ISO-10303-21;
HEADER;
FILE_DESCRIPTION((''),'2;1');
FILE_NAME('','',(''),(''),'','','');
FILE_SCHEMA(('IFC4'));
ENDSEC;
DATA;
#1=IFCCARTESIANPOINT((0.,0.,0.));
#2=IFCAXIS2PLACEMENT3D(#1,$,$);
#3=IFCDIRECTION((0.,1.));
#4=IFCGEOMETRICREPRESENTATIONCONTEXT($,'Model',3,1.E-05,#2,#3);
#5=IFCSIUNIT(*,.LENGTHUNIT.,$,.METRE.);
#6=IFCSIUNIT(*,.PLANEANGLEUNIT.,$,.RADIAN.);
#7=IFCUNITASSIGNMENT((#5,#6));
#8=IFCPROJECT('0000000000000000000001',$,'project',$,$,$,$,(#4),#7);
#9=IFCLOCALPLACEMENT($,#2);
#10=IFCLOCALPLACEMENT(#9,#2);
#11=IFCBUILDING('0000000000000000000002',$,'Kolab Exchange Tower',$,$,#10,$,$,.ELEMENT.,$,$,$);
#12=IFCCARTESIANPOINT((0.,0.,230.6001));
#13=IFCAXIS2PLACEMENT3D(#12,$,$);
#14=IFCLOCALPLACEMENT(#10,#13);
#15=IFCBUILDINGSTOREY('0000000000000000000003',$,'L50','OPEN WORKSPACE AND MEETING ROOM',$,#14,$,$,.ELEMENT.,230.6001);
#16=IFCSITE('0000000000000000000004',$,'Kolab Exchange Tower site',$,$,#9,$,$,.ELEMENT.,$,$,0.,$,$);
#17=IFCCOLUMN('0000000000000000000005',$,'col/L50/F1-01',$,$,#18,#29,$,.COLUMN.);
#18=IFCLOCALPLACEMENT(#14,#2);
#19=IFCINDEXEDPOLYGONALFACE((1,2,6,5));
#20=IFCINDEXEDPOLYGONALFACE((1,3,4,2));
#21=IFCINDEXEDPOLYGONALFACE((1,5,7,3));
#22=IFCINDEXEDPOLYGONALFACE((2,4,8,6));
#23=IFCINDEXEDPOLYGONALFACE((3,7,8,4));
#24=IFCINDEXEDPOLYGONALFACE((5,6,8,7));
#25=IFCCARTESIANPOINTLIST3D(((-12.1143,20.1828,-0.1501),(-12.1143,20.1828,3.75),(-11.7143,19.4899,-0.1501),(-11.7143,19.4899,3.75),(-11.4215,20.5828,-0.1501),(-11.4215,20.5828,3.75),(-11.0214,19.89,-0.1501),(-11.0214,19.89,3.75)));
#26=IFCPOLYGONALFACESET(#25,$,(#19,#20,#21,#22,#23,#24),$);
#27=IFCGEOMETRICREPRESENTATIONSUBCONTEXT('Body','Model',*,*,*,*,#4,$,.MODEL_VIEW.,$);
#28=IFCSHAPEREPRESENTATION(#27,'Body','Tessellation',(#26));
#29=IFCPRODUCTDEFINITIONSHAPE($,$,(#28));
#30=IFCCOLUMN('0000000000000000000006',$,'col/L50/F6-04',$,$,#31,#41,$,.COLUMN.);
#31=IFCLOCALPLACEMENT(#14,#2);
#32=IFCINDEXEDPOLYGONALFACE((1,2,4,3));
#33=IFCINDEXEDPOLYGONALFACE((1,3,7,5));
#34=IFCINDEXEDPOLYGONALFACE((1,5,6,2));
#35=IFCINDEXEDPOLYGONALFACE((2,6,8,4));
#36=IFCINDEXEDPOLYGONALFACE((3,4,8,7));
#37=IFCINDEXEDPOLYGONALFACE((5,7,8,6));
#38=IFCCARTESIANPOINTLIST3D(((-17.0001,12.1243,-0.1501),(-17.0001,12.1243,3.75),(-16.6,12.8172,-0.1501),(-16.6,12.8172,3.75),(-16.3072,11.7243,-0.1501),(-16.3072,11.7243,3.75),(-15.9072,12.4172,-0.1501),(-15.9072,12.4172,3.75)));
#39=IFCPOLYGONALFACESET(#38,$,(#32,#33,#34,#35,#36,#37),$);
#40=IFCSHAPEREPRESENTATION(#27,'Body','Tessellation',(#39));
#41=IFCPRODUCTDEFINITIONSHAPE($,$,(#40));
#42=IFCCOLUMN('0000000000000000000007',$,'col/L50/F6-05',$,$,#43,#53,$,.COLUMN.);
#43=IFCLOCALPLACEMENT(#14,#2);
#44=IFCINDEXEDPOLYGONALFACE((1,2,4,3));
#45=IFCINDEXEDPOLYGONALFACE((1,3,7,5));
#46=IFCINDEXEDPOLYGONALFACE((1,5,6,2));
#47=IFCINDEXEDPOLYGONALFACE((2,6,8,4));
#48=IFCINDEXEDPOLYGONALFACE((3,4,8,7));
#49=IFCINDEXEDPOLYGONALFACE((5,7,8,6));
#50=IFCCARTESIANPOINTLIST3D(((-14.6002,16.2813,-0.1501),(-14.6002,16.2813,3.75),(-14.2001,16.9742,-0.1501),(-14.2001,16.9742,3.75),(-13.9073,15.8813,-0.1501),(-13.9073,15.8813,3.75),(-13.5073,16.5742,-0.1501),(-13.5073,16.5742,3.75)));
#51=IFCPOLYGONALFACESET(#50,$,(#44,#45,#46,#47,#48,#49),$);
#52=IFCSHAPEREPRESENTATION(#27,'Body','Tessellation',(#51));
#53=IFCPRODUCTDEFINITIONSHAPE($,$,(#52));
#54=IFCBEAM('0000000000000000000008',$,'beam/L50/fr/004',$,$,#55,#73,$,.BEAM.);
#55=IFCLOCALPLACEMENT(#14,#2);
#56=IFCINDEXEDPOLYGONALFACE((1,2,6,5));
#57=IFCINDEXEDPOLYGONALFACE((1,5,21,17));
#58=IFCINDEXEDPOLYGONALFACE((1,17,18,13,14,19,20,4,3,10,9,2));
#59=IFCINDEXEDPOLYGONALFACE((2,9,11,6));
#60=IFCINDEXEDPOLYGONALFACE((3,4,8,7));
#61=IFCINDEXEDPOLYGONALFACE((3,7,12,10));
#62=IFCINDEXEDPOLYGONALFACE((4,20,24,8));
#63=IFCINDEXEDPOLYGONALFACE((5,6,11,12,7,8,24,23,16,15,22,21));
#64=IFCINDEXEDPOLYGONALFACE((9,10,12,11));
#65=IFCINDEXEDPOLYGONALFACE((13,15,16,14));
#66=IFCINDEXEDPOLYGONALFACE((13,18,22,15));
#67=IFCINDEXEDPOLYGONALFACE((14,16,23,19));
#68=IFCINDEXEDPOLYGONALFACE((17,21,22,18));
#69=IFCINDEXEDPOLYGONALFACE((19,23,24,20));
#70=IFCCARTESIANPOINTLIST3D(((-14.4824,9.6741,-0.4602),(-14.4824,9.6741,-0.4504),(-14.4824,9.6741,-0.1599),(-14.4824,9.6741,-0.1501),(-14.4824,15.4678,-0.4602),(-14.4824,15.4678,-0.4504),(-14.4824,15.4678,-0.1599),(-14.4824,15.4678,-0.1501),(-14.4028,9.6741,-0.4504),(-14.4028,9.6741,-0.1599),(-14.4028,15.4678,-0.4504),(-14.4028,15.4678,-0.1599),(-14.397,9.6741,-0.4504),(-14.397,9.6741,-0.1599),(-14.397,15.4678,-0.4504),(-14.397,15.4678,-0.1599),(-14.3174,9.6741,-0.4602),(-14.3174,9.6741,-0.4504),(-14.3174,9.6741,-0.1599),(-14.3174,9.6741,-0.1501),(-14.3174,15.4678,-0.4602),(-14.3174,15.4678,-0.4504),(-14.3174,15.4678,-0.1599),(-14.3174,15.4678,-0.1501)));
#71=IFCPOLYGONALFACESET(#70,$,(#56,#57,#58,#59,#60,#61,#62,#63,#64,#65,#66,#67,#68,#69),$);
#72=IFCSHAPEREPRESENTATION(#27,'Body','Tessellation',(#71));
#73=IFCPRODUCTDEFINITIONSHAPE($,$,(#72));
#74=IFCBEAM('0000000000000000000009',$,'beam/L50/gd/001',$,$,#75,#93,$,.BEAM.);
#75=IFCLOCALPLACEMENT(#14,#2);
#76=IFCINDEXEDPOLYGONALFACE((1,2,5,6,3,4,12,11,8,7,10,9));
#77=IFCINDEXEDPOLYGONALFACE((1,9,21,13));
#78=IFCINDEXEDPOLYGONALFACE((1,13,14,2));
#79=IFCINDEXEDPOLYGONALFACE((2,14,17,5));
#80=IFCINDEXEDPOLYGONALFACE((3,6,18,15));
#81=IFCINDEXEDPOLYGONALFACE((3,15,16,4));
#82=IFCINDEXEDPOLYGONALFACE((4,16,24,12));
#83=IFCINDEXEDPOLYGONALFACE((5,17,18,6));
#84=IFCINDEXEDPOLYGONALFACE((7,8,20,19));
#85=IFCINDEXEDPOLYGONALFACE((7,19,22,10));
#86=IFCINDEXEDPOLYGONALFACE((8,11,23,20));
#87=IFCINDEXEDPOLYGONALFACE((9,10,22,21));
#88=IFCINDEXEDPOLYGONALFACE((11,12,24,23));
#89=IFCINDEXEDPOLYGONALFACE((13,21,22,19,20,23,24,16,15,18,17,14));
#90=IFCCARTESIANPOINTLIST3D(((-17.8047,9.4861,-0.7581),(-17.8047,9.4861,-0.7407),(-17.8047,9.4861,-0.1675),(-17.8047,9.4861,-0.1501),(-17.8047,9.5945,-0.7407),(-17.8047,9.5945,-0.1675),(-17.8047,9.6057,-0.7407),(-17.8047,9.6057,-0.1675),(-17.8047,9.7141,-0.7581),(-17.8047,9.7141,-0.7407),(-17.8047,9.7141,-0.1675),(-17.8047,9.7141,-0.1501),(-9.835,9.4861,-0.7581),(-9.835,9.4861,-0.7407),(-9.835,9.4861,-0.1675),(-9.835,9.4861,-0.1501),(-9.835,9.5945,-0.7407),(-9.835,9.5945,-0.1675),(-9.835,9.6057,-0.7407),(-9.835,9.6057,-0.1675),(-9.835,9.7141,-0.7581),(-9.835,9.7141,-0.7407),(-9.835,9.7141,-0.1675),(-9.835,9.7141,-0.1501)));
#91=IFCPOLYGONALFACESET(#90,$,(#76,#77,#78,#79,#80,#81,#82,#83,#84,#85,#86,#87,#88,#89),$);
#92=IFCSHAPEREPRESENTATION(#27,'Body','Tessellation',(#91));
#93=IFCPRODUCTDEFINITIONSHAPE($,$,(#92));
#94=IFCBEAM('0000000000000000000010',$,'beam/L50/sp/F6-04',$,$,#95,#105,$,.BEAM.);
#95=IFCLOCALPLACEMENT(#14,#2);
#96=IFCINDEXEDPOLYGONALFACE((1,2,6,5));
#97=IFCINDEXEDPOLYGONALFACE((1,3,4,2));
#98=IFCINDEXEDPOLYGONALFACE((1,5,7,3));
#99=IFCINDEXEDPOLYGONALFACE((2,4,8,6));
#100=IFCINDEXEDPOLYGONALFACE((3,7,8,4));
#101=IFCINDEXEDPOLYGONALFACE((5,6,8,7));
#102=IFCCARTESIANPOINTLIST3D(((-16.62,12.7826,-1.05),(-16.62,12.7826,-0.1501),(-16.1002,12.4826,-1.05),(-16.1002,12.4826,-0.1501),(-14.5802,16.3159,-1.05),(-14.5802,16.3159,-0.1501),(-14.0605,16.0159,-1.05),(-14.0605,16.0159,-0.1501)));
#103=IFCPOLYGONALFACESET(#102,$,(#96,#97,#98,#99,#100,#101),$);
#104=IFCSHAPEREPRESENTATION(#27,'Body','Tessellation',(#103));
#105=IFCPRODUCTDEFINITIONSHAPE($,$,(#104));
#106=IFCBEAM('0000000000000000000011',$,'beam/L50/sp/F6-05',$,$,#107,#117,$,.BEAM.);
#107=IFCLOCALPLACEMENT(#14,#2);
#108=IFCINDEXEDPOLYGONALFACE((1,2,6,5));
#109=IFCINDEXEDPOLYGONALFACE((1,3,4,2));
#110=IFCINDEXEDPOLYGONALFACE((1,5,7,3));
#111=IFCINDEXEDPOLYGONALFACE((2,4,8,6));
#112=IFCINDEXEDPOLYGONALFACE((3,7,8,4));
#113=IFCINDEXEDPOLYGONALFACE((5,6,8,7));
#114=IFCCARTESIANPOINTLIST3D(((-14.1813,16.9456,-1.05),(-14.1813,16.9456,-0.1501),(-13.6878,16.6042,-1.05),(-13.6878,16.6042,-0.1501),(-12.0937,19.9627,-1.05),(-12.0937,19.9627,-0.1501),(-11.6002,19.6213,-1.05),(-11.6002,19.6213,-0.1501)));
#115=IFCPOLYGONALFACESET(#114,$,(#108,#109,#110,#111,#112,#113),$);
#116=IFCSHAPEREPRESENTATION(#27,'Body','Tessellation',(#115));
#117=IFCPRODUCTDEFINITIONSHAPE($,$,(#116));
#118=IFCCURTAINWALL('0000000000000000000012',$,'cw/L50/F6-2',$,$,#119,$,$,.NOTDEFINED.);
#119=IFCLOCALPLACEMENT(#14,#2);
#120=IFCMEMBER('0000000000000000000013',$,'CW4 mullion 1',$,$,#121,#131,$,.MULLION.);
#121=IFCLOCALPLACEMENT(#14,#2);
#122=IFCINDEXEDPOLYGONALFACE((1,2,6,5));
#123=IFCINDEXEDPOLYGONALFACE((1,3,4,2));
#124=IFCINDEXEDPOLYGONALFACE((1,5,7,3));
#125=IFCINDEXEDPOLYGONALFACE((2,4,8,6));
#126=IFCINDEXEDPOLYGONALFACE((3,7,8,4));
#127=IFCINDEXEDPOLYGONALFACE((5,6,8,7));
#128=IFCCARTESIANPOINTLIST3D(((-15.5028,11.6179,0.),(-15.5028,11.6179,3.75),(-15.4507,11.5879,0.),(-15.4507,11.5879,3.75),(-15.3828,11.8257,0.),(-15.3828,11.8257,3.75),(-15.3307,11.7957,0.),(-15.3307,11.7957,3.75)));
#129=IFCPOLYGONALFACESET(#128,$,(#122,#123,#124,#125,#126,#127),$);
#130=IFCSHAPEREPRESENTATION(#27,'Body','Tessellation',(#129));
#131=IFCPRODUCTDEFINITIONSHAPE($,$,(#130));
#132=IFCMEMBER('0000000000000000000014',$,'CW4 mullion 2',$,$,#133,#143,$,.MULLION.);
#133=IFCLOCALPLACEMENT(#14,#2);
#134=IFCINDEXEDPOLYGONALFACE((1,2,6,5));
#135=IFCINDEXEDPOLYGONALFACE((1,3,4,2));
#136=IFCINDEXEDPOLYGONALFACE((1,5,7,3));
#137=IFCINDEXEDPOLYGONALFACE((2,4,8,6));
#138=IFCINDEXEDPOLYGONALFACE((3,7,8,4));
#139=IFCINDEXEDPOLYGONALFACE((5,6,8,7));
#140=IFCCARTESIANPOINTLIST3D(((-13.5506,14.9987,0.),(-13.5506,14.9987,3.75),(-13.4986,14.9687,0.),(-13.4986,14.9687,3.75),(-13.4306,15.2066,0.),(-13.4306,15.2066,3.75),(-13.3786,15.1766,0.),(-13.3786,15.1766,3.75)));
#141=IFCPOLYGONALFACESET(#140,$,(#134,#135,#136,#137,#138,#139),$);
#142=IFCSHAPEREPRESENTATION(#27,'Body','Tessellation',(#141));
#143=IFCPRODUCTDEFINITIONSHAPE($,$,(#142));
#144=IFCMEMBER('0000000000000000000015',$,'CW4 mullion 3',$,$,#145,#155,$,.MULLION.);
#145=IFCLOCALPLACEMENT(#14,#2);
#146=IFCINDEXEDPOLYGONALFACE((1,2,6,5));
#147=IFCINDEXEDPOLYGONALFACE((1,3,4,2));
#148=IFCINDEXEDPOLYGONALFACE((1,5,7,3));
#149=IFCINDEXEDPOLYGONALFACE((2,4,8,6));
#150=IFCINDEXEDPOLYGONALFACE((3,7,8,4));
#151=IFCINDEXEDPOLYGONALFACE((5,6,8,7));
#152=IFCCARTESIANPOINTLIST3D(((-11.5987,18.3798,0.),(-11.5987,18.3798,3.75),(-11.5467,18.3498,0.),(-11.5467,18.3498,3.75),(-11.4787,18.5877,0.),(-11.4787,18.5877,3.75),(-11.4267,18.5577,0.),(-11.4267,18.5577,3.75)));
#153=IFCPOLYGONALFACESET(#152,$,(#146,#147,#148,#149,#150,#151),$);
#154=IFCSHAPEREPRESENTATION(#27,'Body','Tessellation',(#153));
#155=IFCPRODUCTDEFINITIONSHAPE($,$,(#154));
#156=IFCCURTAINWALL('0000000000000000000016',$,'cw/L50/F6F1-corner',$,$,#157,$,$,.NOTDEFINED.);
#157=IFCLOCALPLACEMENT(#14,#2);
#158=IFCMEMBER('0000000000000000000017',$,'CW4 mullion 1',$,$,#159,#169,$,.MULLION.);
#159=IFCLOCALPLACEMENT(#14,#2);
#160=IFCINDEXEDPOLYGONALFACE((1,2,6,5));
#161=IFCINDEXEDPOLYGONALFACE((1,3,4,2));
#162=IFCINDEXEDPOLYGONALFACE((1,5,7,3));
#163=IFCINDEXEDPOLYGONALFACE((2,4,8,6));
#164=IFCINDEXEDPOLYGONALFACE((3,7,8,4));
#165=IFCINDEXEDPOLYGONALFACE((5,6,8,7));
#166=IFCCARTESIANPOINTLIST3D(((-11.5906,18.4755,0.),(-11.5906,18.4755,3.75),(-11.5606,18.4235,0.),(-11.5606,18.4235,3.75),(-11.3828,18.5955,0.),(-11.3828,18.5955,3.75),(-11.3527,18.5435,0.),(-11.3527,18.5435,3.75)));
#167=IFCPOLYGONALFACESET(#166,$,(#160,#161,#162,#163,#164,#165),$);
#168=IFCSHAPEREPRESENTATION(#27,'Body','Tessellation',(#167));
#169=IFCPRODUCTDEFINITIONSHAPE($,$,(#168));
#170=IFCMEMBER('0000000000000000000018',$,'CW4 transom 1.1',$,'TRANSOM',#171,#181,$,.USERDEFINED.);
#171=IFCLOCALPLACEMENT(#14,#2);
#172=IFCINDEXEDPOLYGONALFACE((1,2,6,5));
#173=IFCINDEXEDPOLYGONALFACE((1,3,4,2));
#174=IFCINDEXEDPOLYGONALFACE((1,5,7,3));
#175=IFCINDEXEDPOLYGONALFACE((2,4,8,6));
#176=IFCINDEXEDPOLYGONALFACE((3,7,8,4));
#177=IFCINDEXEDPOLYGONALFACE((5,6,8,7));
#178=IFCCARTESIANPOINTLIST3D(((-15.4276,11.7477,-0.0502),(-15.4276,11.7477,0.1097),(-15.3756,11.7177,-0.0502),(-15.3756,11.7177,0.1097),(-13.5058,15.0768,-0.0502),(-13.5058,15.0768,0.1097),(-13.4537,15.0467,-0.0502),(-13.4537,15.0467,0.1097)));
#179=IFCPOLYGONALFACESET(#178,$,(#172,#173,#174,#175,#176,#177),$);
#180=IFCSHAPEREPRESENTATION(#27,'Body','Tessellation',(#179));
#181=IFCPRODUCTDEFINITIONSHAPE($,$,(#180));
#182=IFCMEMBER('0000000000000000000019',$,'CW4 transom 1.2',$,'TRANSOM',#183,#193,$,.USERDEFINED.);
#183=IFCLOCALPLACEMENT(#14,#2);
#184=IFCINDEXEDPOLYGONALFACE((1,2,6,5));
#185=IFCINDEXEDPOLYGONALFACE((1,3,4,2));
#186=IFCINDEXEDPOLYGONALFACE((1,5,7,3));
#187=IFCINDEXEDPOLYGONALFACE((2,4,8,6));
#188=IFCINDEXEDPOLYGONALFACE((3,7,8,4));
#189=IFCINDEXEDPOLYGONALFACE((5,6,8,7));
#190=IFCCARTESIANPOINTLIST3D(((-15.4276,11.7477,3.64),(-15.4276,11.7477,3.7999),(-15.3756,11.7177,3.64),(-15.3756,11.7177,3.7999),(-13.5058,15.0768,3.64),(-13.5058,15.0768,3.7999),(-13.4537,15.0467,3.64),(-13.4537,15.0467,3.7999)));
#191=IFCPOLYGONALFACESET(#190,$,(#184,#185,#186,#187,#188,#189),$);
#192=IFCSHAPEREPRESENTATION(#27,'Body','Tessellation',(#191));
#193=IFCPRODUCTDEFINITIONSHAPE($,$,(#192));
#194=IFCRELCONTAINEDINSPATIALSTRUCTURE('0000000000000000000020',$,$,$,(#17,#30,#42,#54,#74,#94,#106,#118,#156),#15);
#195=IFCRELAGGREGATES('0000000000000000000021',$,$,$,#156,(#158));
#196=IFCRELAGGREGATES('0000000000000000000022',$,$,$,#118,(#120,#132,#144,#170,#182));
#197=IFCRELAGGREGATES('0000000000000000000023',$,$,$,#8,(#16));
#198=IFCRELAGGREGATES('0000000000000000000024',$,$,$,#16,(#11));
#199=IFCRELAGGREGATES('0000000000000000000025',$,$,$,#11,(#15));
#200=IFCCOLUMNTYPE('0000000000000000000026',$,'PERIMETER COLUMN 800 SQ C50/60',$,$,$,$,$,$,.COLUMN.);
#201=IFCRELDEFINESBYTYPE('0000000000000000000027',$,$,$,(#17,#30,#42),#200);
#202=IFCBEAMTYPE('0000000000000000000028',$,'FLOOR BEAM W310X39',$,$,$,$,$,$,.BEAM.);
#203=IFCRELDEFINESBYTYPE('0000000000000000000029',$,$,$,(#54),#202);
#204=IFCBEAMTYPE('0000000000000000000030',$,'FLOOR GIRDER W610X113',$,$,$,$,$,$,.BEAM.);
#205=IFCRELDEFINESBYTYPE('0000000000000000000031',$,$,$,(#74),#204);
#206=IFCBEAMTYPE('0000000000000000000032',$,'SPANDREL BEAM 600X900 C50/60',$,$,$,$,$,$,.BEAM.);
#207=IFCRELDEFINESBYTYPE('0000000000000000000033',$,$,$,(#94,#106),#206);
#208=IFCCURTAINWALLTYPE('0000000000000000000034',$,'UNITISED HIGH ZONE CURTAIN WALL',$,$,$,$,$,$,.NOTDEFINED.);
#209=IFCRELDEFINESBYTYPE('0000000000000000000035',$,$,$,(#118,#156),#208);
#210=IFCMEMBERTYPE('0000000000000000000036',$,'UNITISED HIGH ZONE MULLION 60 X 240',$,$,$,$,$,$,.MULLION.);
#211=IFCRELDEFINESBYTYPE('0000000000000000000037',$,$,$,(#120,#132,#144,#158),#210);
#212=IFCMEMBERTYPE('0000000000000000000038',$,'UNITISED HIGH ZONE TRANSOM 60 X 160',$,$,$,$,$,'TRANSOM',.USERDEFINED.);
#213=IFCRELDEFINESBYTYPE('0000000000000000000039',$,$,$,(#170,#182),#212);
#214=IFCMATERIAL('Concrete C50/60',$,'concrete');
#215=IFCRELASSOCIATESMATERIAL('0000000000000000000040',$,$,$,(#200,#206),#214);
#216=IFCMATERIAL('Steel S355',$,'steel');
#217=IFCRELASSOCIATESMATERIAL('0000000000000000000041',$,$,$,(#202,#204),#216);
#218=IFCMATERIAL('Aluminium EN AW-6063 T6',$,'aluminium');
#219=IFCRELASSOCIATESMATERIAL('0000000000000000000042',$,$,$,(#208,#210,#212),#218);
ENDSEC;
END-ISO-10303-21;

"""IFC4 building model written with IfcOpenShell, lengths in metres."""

from ifc_helpers import new_model, si_unit, direction, frame, origin, origin_2d, place, context, subcontext, project, spatial, rectangle, i_section, extrude, material, material_profile, profile_set, type_object, element, aggregate, save


model = new_model("IFC4")

# Units and contexts
model_context = context("Model", 3, precision=1e-05, world=origin(), true_north=direction((0.0, 1.0)))
body_context = subcontext(model_context, "Body", "Model", "MODEL_VIEW")
ifc_project = project(units=[si_unit("LENGTHUNIT", "METRE"), si_unit("PLANEANGLEUNIT", "RADIAN")], contexts=[model_context])

# Site, building, storey
site_placement = place(None, origin())
site = spatial("IfcSite", under=ifc_project, at=site_placement, Name="Kolab Exchange Tower site", CompositionType="ELEMENT", RefElevation=0.0)
building_placement = place(site_placement, origin())
building = spatial("IfcBuilding", under=site, at=building_placement, Name="Kolab Exchange Tower", CompositionType="ELEMENT")
storey_placement = place(building_placement, frame((0.0, 0.0, 230.6001)))
storey = spatial("IfcBuildingStorey", under=building, at=storey_placement, Name="L50", Description="OPEN WORKSPACE AND MEETING ROOM", CompositionType="ELEMENT", Elevation=230.6001)

# Columns
ifc_material_1 = material(Name="Concrete C50/60", Category="concrete")
ifc_material_profile_1 = material_profile(ifc_material_1, rectangle(XDim=0.8, YDim=0.8, at=origin_2d()), Name="RC800")
ifc_profile_set_1 = profile_set([ifc_material_profile_1], Name="Concrete C50/60")
column_type = type_object("IfcColumnType", Name="PERIMETER COLUMN 800 SQ C50/60", PredefinedType="COLUMN", material=ifc_profile_set_1)
for number, where, z_axis, x_axis, name in (
    (1, (-11.5679, 20.0364, -0.1501), (0.0, 0.0, 1.0), (0.866025, 0.5, 0.0), "col/L50/F1-01"),
    (2, (-16.4536, 12.2708, -0.1501), (0.0, 0.0, 1.0), (0.5, 0.866025, 0.0), "col/L50/F6-04"),
    (3, (-14.0537, 16.4277, -0.1501), (0.0, 0.0, 1.0), (0.5, 0.866025, 0.0), "col/L50/F6-05"),
):
    element("IfcColumn", number, at=place(storey_placement, frame(where, z_axis=z_axis, x_axis=x_axis)), inside=storey, type_object=column_type, Name=name, PredefinedType="COLUMN", context=body_context, shape_type="SweptSolid", body=[
        extrude(rectangle(XDim=0.8, YDim=0.8, at=origin_2d()), origin(), (0.0, 0.0, 1.0), 3.9001),
    ])

# Beams
ifc_material_2 = material(Name="Steel S355", Category="steel")
ifc_material_profile_2 = material_profile(ifc_material_2, i_section(OverallWidth=0.165, OverallDepth=0.3101, WebThickness=0.0059, FlangeThickness=0.0098, at=origin_2d()), Name="W310X39")
ifc_profile_set_2 = profile_set([ifc_material_profile_2], Name="Steel S355")
beam_type_1 = type_object("IfcBeamType", Name="FLOOR BEAM W310X39", PredefinedType="BEAM", material=ifc_profile_set_2)
beam_1_placement = place(storey_placement, frame((-14.3999, 9.6741, -0.3052), z_axis=(0.0, 1.0, 0.0), x_axis=(-1.0, 0.0, 0.0)))
element("IfcBeam", 4, at=beam_1_placement, inside=storey, type_object=beam_type_1, Name="beam/L50/fr/004", PredefinedType="BEAM", context=body_context, shape_type="SweptSolid", body=[
    extrude(i_section(OverallWidth=0.165, OverallDepth=0.3101, WebThickness=0.0059, FlangeThickness=0.0098, at=origin_2d()), origin(), (0.0, 0.0, 1.0), 5.7937),
])
ifc_material_profile_3 = material_profile(ifc_material_2, i_section(OverallWidth=0.228, OverallDepth=0.6079, WebThickness=0.0112, FlangeThickness=0.0173, at=origin_2d()), Name="W610X113")
ifc_profile_set_3 = profile_set([ifc_material_profile_3], Name="Steel S355")
beam_type_2 = type_object("IfcBeamType", Name="FLOOR GIRDER W610X113", PredefinedType="BEAM", material=ifc_profile_set_3)
beam_2_placement = place(storey_placement, frame((-17.8047, 9.6001, -0.4541), z_axis=(1.0, 0.0, 0.0), x_axis=(0.0, 1.0, 0.0)))
element("IfcBeam", 5, at=beam_2_placement, inside=storey, type_object=beam_type_2, Name="beam/L50/gd/001", PredefinedType="BEAM", context=body_context, shape_type="SweptSolid", body=[
    extrude(i_section(OverallWidth=0.228, OverallDepth=0.6079, WebThickness=0.0112, FlangeThickness=0.0173, at=origin_2d()), origin(), (0.0, 0.0, 1.0), 7.9697),
])
ifc_material_profile_4 = material_profile(ifc_material_1, rectangle(XDim=0.6001, YDim=0.8999, at=origin_2d()), Name="RC600X900")
ifc_profile_set_4 = profile_set([ifc_material_profile_4], Name="Concrete C50/60")
beam_type_3 = type_object("IfcBeamType", Name="SPANDREL BEAM 600X900 C50/60", PredefinedType="BEAM", material=ifc_profile_set_4)
beam_3_placement = place(storey_placement, frame((-16.3601, 12.6326, -0.6001), z_axis=(0.499956, 0.866051, 0.0), x_axis=(-0.866051, 0.499956, 0.0)))
element("IfcBeam", 6, at=beam_3_placement, inside=storey, type_object=beam_type_3, Name="beam/L50/sp/F6-04", PredefinedType="BEAM", context=body_context, shape_type="SweptSolid", body=[
    extrude(rectangle(XDim=0.6001, YDim=0.8999, at=origin_2d()), origin(), (0.0, 0.0, 1.0), 4.0798),
])
beam_4_placement = place(storey_placement, frame((-13.9346, 16.7749, -0.6001), z_axis=(0.569006, 0.822334, 0.0), x_axis=(-0.822334, 0.569006, 0.0)))
element("IfcBeam", 7, at=beam_4_placement, inside=storey, type_object=beam_type_3, Name="beam/L50/sp/F6-05", PredefinedType="BEAM", context=body_context, shape_type="SweptSolid", body=[
    extrude(rectangle(XDim=0.6001, YDim=0.8999, at=origin_2d()), origin(), (0.0, 0.0, 1.0), 3.6689),
])

# Curtain wall, members
ifc_material_3 = material(Name="Aluminium EN AW-6063 T6", Category="aluminium")
curtain_wall_type = type_object("IfcCurtainWallType", Name="UNITISED HIGH ZONE CURTAIN WALL", PredefinedType="NOTDEFINED", material=ifc_material_3)
curtain_wall_1_placement = place(storey_placement, origin())
curtain_wall_1 = element("IfcCurtainWall", 8, at=curtain_wall_1_placement, inside=storey, type_object=curtain_wall_type, Name="cw/L50/F6-2", PredefinedType="NOTDEFINED")
ifc_material_profile_5 = material_profile(ifc_material_3, rectangle(XDim=0.0601, YDim=0.24, at=origin_2d()), Name="RECT 60X240")
ifc_profile_set_5 = profile_set([ifc_material_profile_5], Name="Aluminium EN AW-6063 T6")
member_type_1 = type_object("IfcMemberType", Name="UNITISED HIGH ZONE MULLION 60 X 240", PredefinedType="MULLION", material=ifc_profile_set_5)
member_1_placement = place(storey_placement, frame((-15.4167, 11.7068, 0.0), z_axis=(0.0, 0.0, 1.0), x_axis=(-0.866025, 0.5, 0.0)))
member_1 = element("IfcMember", 9, at=member_1_placement, type_object=member_type_1, Name="CW4 mullion 1", PredefinedType="MULLION", context=body_context, shape_type="SweptSolid", body=[
    extrude(rectangle(XDim=0.0601, YDim=0.24, at=origin_2d()), origin(), (0.0, 0.0, 1.0), 3.75),
])
member_2_placement = place(storey_placement, frame((-13.4646, 15.0876, 0.0), z_axis=(0.0, 0.0, 1.0), x_axis=(-0.866025, 0.5, 0.0)))
member_2 = element("IfcMember", 10, at=member_2_placement, type_object=member_type_1, Name="CW4 mullion 2", PredefinedType="MULLION", context=body_context, shape_type="SweptSolid", body=[
    extrude(rectangle(XDim=0.0601, YDim=0.24, at=origin_2d()), origin(), (0.0, 0.0, 1.0), 3.75),
])
member_3_placement = place(storey_placement, frame((-11.5127, 18.4688, 0.0), z_axis=(0.0, 0.0, 1.0), x_axis=(-0.866025, 0.5, 0.0)))
member_3 = element("IfcMember", 11, at=member_3_placement, type_object=member_type_1, Name="CW4 mullion 3", PredefinedType="MULLION", context=body_context, shape_type="SweptSolid", body=[
    extrude(rectangle(XDim=0.0601, YDim=0.24, at=origin_2d()), origin(), (0.0, 0.0, 1.0), 3.75),
])

# Curtain wall, member
curtain_wall_2_placement = place(storey_placement, origin())
curtain_wall_2 = element("IfcCurtainWall", 12, at=curtain_wall_2_placement, inside=storey, type_object=curtain_wall_type, Name="cw/L50/F6F1-corner", PredefinedType="NOTDEFINED")
member_4_placement = place(storey_placement, frame((-11.4717, 18.5095, 0.0), z_axis=(0.0, 0.0, 1.0), x_axis=(-0.5, 0.866025, 0.0)))
member_4 = element("IfcMember", 13, at=member_4_placement, type_object=member_type_1, Name="CW4 mullion 1", PredefinedType="MULLION", context=body_context, shape_type="SweptSolid", body=[
    extrude(rectangle(XDim=0.0601, YDim=0.24, at=origin_2d()), origin(), (0.0, 0.0, 1.0), 3.75),
])

# Members
ifc_material_profile_6 = material_profile(ifc_material_3, rectangle(XDim=0.0601, YDim=0.1599, at=origin_2d()), Name="RECT 60X160")
ifc_profile_set_6 = profile_set([ifc_material_profile_6], Name="Aluminium EN AW-6063 T6")
member_type_2 = type_object("IfcMemberType", Name="UNITISED HIGH ZONE TRANSOM 60 X 160", ElementType="TRANSOM", PredefinedType="USERDEFINED", material=ifc_profile_set_6)
member_5_placement = place(storey_placement, frame((-15.4016, 11.7327, 0.0298), z_axis=(0.499964, 0.866046, 0.0), x_axis=(-0.866046, 0.499964, 0.0)))
member_5 = element("IfcMember", 14, at=member_5_placement, type_object=member_type_2, Name="CW4 transom 1.1", ObjectType="TRANSOM", PredefinedType="USERDEFINED", context=body_context, shape_type="SweptSolid", body=[
    extrude(rectangle(XDim=0.0601, YDim=0.1599, at=origin_2d()), origin(), (0.0, 0.0, 1.0), 3.844),
])
member_6_placement = place(storey_placement, frame((-15.4016, 11.7327, 3.72), z_axis=(0.499964, 0.866046, 0.0), x_axis=(-0.866046, 0.499964, 0.0)))
member_6 = element("IfcMember", 15, at=member_6_placement, type_object=member_type_2, Name="CW4 transom 1.2", ObjectType="TRANSOM", PredefinedType="USERDEFINED", context=body_context, shape_type="SweptSolid", body=[
    extrude(rectangle(XDim=0.0601, YDim=0.1599, at=origin_2d()), origin(), (0.0, 0.0, 1.0), 3.844),
])
aggregate(curtain_wall_2, [member_4])

aggregate(curtain_wall_1, [member_1, member_2, member_3, member_5, member_6])

save(model, "model.ifc")
